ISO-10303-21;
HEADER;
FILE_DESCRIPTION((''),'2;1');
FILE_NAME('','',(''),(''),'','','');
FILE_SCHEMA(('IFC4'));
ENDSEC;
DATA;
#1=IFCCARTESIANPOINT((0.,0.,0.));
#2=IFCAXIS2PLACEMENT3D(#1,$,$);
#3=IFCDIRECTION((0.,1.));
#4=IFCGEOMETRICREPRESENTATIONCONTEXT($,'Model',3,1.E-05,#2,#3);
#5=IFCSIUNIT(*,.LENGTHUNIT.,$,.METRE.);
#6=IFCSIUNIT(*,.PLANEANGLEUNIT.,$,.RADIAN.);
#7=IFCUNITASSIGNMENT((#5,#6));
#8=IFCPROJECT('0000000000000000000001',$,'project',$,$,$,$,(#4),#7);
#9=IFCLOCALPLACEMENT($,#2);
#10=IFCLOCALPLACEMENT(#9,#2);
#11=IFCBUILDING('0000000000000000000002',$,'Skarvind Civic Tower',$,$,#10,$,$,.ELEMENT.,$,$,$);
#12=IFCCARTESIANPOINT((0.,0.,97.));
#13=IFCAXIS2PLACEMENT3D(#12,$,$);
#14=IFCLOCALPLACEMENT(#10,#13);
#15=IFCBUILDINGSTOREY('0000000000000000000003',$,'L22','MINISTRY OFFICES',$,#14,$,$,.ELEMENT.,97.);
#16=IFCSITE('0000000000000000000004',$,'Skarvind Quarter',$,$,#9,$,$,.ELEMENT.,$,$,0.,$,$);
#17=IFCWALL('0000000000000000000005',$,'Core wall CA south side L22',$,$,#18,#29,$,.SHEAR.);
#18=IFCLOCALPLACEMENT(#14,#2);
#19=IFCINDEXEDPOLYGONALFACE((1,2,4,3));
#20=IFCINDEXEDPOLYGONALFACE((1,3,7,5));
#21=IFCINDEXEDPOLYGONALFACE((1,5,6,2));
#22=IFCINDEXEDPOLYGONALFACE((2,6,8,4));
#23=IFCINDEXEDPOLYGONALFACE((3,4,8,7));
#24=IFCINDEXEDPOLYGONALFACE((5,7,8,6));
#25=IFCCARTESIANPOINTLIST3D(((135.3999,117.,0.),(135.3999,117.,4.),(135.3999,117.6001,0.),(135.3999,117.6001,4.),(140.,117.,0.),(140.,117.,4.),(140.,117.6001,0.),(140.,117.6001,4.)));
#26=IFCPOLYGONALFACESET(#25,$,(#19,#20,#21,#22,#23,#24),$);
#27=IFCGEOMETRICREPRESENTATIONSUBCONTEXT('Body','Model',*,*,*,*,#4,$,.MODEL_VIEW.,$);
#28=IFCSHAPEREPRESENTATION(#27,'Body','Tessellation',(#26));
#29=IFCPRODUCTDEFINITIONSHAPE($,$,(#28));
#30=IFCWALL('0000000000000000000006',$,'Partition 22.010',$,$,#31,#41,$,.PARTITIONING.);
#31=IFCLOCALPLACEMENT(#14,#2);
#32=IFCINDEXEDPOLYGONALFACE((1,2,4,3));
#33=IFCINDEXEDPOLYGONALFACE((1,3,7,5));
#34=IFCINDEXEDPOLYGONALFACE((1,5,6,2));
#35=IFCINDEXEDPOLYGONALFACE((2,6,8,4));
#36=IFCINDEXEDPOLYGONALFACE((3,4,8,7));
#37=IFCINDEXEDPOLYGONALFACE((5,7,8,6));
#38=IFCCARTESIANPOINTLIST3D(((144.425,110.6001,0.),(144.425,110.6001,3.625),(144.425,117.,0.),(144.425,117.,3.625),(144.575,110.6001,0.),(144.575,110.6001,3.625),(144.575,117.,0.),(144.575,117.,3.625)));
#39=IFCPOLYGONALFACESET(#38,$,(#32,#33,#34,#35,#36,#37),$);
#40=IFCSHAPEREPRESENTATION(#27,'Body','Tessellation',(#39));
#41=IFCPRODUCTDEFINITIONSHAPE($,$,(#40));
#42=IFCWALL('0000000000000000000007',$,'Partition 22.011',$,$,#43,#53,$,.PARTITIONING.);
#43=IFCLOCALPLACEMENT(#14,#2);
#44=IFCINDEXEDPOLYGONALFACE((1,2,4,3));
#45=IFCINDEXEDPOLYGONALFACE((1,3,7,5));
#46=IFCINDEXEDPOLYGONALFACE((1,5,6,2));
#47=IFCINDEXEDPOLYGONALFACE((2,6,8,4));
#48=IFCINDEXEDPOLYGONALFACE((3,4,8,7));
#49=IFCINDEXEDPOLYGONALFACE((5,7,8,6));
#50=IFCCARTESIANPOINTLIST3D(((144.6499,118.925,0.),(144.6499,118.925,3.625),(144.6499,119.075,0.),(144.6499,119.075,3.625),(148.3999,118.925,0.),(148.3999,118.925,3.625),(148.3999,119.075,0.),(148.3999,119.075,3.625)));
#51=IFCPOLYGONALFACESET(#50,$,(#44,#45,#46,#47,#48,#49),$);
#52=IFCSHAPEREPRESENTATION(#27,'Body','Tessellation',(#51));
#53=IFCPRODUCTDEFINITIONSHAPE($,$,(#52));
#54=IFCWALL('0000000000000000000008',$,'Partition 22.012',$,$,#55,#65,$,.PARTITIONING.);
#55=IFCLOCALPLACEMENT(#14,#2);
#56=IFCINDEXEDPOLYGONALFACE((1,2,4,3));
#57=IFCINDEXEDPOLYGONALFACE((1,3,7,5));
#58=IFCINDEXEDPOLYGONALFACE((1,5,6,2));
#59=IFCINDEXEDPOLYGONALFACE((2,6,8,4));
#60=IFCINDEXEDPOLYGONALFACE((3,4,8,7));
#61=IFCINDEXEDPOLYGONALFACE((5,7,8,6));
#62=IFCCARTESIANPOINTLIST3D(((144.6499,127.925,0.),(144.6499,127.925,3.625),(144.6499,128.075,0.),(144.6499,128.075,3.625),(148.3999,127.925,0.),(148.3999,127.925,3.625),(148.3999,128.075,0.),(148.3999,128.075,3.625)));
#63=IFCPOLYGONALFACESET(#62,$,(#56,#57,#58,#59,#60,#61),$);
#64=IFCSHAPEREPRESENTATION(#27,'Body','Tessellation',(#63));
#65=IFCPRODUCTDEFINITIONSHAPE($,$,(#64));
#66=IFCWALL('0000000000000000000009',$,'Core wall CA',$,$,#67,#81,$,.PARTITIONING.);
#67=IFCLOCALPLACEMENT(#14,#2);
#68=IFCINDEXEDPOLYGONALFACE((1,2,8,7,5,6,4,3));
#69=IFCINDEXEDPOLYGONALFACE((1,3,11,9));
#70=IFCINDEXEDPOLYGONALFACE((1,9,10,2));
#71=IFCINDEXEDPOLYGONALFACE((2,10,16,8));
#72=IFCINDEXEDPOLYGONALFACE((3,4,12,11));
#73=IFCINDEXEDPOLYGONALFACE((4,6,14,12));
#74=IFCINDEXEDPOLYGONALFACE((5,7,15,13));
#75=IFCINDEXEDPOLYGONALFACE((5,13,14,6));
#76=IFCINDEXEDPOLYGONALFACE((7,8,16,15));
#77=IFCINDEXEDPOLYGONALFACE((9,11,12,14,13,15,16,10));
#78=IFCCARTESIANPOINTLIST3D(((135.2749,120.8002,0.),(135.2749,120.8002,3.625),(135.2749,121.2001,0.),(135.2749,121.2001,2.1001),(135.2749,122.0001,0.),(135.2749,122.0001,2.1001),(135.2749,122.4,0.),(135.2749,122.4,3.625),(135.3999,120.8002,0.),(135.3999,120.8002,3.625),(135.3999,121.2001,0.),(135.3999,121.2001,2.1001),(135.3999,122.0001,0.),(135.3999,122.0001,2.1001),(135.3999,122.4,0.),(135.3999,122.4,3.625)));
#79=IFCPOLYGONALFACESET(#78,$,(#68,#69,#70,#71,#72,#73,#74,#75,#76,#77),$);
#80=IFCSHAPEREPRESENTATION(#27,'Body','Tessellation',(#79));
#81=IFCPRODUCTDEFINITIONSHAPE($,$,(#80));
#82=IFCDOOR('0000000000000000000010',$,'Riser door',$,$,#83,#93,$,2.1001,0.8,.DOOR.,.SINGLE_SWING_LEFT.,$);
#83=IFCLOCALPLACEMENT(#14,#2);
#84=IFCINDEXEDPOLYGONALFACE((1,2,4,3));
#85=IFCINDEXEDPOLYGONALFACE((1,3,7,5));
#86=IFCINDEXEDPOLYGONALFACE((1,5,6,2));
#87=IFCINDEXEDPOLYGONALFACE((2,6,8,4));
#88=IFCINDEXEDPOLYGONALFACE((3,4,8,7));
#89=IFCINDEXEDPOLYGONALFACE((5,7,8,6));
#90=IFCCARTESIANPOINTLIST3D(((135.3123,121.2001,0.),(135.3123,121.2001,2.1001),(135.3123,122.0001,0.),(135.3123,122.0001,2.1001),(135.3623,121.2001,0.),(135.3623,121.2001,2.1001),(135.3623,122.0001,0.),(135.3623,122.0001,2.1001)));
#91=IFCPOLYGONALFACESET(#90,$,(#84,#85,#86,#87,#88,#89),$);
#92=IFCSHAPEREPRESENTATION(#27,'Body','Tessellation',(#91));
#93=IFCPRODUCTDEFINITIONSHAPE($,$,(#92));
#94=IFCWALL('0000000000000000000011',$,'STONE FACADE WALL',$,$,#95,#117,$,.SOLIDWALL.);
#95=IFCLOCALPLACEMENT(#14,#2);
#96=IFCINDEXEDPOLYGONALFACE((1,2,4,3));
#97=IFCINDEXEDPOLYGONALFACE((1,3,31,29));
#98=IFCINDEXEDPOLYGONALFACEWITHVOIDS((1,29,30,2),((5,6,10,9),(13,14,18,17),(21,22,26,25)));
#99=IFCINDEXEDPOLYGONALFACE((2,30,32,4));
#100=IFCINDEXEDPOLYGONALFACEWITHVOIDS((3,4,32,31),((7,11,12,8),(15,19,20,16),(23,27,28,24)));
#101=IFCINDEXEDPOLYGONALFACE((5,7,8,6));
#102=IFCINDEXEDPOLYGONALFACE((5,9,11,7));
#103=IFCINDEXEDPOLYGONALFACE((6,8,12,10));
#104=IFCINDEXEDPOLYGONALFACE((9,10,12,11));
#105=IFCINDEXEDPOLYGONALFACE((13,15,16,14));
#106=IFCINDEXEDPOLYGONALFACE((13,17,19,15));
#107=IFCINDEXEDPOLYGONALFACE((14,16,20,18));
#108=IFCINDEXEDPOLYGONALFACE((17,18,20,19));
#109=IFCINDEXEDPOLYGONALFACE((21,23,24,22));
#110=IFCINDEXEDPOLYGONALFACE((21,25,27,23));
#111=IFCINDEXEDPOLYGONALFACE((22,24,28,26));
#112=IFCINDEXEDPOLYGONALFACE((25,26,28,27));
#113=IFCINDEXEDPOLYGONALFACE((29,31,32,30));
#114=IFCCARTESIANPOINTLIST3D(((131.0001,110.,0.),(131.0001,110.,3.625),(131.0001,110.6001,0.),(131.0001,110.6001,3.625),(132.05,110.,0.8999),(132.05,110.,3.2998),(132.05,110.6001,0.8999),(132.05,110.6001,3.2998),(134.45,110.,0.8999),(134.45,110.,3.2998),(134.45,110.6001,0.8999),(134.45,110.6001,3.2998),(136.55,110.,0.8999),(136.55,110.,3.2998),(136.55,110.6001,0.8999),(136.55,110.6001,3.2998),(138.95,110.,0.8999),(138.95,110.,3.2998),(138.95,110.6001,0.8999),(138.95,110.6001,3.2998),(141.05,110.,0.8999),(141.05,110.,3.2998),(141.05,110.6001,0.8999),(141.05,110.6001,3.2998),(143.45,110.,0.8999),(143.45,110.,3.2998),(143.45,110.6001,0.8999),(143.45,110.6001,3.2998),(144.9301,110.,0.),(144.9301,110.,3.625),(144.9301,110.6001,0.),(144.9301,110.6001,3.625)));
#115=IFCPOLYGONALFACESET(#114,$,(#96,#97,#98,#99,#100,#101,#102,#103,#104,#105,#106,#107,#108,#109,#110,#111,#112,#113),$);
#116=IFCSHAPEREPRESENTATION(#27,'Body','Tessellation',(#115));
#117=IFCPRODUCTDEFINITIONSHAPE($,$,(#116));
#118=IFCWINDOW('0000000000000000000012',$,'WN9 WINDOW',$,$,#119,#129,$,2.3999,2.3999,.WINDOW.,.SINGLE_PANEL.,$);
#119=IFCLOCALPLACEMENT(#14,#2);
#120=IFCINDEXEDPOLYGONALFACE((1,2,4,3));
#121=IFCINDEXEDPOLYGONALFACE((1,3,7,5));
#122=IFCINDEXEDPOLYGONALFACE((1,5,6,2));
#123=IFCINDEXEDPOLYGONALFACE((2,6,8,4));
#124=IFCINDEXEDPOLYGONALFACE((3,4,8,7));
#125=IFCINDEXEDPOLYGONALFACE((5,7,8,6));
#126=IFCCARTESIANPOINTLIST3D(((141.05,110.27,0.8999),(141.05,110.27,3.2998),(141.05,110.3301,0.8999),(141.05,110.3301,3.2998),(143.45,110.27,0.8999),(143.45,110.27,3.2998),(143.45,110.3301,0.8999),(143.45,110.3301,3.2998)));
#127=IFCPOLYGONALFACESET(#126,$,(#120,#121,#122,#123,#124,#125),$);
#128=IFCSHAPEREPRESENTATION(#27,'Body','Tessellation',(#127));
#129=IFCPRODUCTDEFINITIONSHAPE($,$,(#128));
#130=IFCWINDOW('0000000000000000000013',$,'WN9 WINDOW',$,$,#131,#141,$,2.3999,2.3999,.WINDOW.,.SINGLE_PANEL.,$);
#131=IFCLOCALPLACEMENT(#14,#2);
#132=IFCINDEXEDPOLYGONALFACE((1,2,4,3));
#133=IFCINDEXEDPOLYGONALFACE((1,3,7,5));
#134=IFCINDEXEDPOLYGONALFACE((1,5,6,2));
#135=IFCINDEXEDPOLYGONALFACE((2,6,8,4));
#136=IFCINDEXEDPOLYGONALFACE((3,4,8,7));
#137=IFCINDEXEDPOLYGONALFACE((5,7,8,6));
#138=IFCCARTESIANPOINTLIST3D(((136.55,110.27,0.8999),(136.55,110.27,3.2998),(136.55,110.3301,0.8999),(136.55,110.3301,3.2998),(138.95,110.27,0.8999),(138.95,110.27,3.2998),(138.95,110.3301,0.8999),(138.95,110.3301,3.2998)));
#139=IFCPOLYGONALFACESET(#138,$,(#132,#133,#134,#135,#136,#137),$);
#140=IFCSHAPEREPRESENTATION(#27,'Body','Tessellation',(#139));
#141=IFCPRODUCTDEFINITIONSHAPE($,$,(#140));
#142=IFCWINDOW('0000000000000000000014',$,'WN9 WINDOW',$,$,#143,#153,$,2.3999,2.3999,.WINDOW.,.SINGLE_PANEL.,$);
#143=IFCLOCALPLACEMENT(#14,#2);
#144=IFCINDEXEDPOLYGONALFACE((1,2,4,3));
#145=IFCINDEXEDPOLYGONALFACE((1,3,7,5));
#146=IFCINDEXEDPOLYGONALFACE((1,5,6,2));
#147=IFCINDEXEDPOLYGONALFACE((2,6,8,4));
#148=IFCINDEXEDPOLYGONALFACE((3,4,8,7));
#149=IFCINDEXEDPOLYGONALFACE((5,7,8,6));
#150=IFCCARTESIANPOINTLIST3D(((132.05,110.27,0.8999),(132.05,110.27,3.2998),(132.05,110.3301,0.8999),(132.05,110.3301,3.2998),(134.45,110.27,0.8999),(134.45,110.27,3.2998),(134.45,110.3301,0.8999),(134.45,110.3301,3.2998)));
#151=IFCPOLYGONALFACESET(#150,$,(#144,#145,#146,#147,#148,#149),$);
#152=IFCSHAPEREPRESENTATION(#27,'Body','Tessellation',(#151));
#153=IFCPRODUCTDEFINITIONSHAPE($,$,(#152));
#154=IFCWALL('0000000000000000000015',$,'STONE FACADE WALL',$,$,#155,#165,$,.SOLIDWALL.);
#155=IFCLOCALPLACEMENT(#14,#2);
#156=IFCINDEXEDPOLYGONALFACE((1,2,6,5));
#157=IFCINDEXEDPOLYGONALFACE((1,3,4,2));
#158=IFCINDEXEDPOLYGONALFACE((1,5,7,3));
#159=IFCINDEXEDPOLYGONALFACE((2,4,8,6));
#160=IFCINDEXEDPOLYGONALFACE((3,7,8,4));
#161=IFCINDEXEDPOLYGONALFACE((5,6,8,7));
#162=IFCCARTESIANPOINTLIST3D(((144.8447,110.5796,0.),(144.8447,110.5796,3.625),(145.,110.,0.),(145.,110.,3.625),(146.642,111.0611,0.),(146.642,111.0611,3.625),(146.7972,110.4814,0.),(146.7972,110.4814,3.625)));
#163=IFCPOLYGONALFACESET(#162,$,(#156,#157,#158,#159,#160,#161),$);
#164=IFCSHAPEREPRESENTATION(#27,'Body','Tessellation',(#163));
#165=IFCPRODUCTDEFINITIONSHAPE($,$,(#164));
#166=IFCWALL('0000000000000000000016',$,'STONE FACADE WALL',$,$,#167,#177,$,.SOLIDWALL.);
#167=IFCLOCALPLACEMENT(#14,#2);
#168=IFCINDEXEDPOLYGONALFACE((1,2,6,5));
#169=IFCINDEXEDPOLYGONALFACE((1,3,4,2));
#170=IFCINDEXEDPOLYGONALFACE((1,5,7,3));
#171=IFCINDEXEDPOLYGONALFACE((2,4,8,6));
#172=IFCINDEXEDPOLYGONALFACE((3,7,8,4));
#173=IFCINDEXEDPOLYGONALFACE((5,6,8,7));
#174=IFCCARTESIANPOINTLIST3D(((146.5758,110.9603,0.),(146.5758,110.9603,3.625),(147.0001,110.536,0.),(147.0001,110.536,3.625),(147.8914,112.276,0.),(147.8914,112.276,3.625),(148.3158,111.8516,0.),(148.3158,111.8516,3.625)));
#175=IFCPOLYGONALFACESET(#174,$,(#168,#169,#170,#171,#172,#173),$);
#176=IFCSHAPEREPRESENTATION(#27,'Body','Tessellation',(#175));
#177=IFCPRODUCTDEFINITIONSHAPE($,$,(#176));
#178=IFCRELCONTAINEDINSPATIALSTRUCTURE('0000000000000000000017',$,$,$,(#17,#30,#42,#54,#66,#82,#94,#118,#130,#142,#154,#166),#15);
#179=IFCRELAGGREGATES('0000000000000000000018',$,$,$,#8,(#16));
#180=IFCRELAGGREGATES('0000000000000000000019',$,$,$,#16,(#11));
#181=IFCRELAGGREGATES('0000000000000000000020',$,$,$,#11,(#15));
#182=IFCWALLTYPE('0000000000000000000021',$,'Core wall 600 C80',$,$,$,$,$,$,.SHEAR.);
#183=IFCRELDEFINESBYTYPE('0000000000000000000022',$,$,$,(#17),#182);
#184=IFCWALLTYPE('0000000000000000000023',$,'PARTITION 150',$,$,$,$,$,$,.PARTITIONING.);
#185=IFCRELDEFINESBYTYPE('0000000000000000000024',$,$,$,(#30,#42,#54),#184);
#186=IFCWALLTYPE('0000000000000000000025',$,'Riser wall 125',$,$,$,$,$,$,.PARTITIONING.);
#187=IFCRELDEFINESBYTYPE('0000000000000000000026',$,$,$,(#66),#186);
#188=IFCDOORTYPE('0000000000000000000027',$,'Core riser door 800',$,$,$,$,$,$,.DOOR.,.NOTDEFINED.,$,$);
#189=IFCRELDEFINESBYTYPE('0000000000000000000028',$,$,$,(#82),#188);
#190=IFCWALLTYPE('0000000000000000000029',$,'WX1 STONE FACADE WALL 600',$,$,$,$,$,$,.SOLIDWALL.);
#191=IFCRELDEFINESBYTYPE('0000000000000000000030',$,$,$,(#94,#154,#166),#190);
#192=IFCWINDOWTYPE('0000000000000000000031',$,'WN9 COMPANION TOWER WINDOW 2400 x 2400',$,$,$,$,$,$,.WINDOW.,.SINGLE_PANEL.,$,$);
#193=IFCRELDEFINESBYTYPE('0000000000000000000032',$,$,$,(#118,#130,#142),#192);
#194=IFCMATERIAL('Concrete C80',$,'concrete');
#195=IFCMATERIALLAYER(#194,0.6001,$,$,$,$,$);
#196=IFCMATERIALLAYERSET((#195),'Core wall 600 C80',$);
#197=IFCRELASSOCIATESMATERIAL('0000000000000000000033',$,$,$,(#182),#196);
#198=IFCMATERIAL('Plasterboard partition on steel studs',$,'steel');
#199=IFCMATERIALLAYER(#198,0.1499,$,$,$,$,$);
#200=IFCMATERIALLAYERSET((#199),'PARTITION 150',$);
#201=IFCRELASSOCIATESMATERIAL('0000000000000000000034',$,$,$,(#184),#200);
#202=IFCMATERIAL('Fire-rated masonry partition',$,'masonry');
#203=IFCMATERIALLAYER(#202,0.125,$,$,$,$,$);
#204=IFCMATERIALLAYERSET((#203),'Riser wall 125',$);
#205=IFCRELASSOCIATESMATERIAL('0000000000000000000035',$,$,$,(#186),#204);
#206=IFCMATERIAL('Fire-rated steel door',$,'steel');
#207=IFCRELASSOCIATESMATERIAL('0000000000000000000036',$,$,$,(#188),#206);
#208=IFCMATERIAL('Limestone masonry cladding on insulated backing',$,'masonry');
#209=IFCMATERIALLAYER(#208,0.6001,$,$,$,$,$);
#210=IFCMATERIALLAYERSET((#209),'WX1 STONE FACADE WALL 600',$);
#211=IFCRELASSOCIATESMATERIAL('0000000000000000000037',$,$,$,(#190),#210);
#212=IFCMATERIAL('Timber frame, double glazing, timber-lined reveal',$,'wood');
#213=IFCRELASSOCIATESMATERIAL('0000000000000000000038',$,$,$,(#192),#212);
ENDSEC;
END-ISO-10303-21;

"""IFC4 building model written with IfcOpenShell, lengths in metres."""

from ifc_helpers import new_model, si_unit, direction, frame, frame_2d, origin, place, context, subcontext, project, spatial, rectangle, extrude, material, layer, layer_set, type_object, element, fill, save


model = new_model("IFC4")

# Units and contexts
model_context = context("Model", 3, precision=1e-05, world=origin(), true_north=direction((0.0, 1.0)))
body_context = subcontext(model_context, "Body", "Model", "MODEL_VIEW")
ifc_project = project(units=[si_unit("LENGTHUNIT", "METRE"), si_unit("PLANEANGLEUNIT", "RADIAN")], contexts=[model_context])

# Site, building, storey
site_placement = place(None, origin())
site = spatial("IfcSite", under=ifc_project, at=site_placement, Name="Skarvind Quarter", CompositionType="ELEMENT", RefElevation=0.0)
building_placement = place(site_placement, origin())
building = spatial("IfcBuilding", under=site, at=building_placement, Name="Skarvind Civic Tower", CompositionType="ELEMENT")
storey_placement = place(building_placement, frame((0.0, 0.0, 97.0)))
storey = spatial("IfcBuildingStorey", under=building, at=storey_placement, Name="L22", Description="MINISTRY OFFICES", CompositionType="ELEMENT", Elevation=97.0)

# Shared definitions
ifc_material_1 = material(Name="Fire-rated masonry partition", Category="masonry")
ifc_material_2 = material(Name="Fire-rated steel door", Category="steel")

# Walls
ifc_material_3 = material(Name="Concrete C80", Category="concrete")
ifc_layer_1 = layer(ifc_material_3, 0.6001)
ifc_layer_set_1 = layer_set([ifc_layer_1], Name="Core wall 600 C80")
wall_type_1 = type_object("IfcWallType", Name="Core wall 600 C80", PredefinedType="SHEAR", material=ifc_layer_set_1)
wall_1_placement = place(storey_placement, frame((135.3999, 117.3, 0.0), z_axis=(0.0, 0.0, 1.0), x_axis=(1.0, 0.0, 0.0)))
element("IfcWall", 1, at=wall_1_placement, inside=storey, type_object=wall_type_1, Name="Core wall CA south side L22", PredefinedType="SHEAR", context=body_context, shape_type="SweptSolid", body=[
    extrude(rectangle(XDim=4.6001, YDim=0.6001, at=frame_2d((2.3, 0.0))), origin(), (0.0, 0.0, 1.0), 4.0),
])
ifc_material_4 = material(Name="Plasterboard partition on steel studs", Category="steel")
ifc_layer_2 = layer(ifc_material_4, 0.1499)
ifc_layer_set_2 = layer_set([ifc_layer_2], Name="PARTITION 150")
wall_type_2 = type_object("IfcWallType", Name="PARTITION 150", PredefinedType="PARTITIONING", material=ifc_layer_set_2)
wall_2_placement = place(storey_placement, frame((144.5, 117.0, 0.0), z_axis=(0.0, 0.0, 1.0), x_axis=(0.0, -1.0, 0.0)))
element("IfcWall", 2, at=wall_2_placement, inside=storey, type_object=wall_type_2, Name="Partition 22.010", PredefinedType="PARTITIONING", context=body_context, shape_type="SweptSolid", body=[
    extrude(rectangle(XDim=6.3999, YDim=0.1499, at=frame_2d((3.2, 0.0))), origin(), (0.0, 0.0, 1.0), 3.625),
])
for number, where, z_axis, x_axis, name in (
    (3, (144.6499, 119.0, 0.0), (0.0, 0.0, 1.0), (1.0, 0.0, 0.0), "Partition 22.011"),
    (4, (144.6499, 128.0, 0.0), (0.0, 0.0, 1.0), (1.0, 0.0, 0.0), "Partition 22.012"),
):
    element("IfcWall", number, at=place(storey_placement, frame(where, z_axis=z_axis, x_axis=x_axis)), inside=storey, type_object=wall_type_2, Name=name, PredefinedType="PARTITIONING", context=body_context, shape_type="SweptSolid", body=[
        extrude(rectangle(XDim=3.75, YDim=0.1499, at=frame_2d((1.875, 0.0))), origin(), (0.0, 0.0, 1.0), 3.625),
    ])

# Wall, opening, door
ifc_layer_3 = layer(ifc_material_1, 0.125)
ifc_layer_set_3 = layer_set([ifc_layer_3], Name="Riser wall 125")
wall_type_3 = type_object("IfcWallType", Name="Riser wall 125", PredefinedType="PARTITIONING", material=ifc_layer_set_3)
wall_3_placement = place(storey_placement, frame((135.3374, 122.3999, 0.0), z_axis=(0.0, 0.0, 1.0), x_axis=(0.0, -1.0, 0.0)))
wall_3 = element("IfcWall", 5, at=wall_3_placement, inside=storey, type_object=wall_type_3, Name="Core wall CA", PredefinedType="PARTITIONING", context=body_context, shape_type="SweptSolid", body=[
    extrude(rectangle(XDim=1.5999, YDim=0.125, at=frame_2d((0.7998, 0.0))), origin(), (0.0, 0.0, 1.0), 3.625),
])
opening_1_placement = place(wall_3_placement, frame((0.3999, 0.0, 0.0)))
opening_1 = element("IfcOpeningElement", 6, at=opening_1_placement, cuts=wall_3, PredefinedType="OPENING", context=body_context, shape_type="SweptSolid", body=[
    extrude(rectangle(XDim=0.8, YDim=2.1001, at=frame_2d((0.3999, 1.05))), frame((0.0, 0.0725, 0.0), z_axis=(0.0, -1.0, 0.0), x_axis=(1.0, 0.0, 0.0)), (0.0, 0.0, 1.0), 0.145),
])
door_type_1 = type_object("IfcDoorType", Name="Core riser door 800", OperationType="NOTDEFINED", PredefinedType="DOOR", material=ifc_material_2)
door_1_placement = place(opening_1_placement, origin())
door_1 = element("IfcDoor", 7, at=door_1_placement, inside=storey, type_object=door_type_1, Name="Riser door", OperationType="SINGLE_SWING_LEFT", OverallHeight=2.1001, OverallWidth=0.8, PredefinedType="DOOR", context=body_context, shape_type="SweptSolid", body=[
    extrude(rectangle(XDim=0.8, YDim=2.1001, at=frame_2d((0.3999, 1.05))), frame((0.0, 0.0249, 0.0), z_axis=(0.0, -1.0, 0.0), x_axis=(1.0, 0.0, 0.0)), (0.0, 0.0, 1.0), 0.05),
])
fill(opening_1, door_1)

# Wall, openings, windows
ifc_material_5 = material(Name="Limestone masonry cladding on insulated backing", Category="masonry")
ifc_layer_4 = layer(ifc_material_5, 0.6001)
ifc_layer_set_4 = layer_set([ifc_layer_4], Name="WX1 STONE FACADE WALL 600")
wall_type_4 = type_object("IfcWallType", Name="WX1 STONE FACADE WALL 600", PredefinedType="SOLIDWALL", material=ifc_layer_set_4)
wall_4_placement = place(storey_placement, frame((144.9299, 110.3, 0.0), z_axis=(0.0, 0.0, 1.0), x_axis=(-1.0, 0.0, 0.0)))
wall_4 = element("IfcWall", 8, at=wall_4_placement, inside=storey, type_object=wall_type_4, Name="STONE FACADE WALL", PredefinedType="SOLIDWALL", context=body_context, shape_type="SweptSolid", body=[
    extrude(rectangle(XDim=13.9299, YDim=0.6001, at=frame_2d((6.9648, 0.0))), origin(), (0.0, 0.0, 1.0), 3.625),
])
opening_2_placement = place(wall_4_placement, frame((1.48, 0.0, 0.8999)))
opening_2 = element("IfcOpeningElement", 9, at=opening_2_placement, cuts=wall_4, PredefinedType="OPENING", context=body_context, shape_type="SweptSolid", body=[
    extrude(rectangle(XDim=2.3999, YDim=2.3999, at=frame_2d((1.2, 1.2))), frame((0.0, 0.3101, 0.0), z_axis=(0.0, -1.0, 0.0), x_axis=(1.0, 0.0, 0.0)), (0.0, 0.0, 1.0), 0.6201),
])
opening_3_placement = place(wall_4_placement, frame((5.98, 0.0, 0.8999)))
opening_3 = element("IfcOpeningElement", 10, at=opening_3_placement, cuts=wall_4, PredefinedType="OPENING", context=body_context, shape_type="SweptSolid", body=[
    extrude(rectangle(XDim=2.3999, YDim=2.3999, at=frame_2d((1.2, 1.2))), frame((0.0, 0.3101, 0.0), z_axis=(0.0, -1.0, 0.0), x_axis=(1.0, 0.0, 0.0)), (0.0, 0.0, 1.0), 0.6201),
])
opening_4_placement = place(wall_4_placement, frame((10.48, 0.0, 0.8999)))
opening_4 = element("IfcOpeningElement", 11, at=opening_4_placement, cuts=wall_4, PredefinedType="OPENING", context=body_context, shape_type="SweptSolid", body=[
    extrude(rectangle(XDim=2.3999, YDim=2.3999, at=frame_2d((1.2, 1.2))), frame((0.0, 0.3101, 0.0), z_axis=(0.0, -1.0, 0.0), x_axis=(1.0, 0.0, 0.0)), (0.0, 0.0, 1.0), 0.6201),
])
ifc_material_6 = material(Name="Timber frame, double glazing, timber-lined reveal", Category="wood")
window_type = type_object("IfcWindowType", Name="WN9 COMPANION TOWER WINDOW 2400 x 2400", PartitioningType="SINGLE_PANEL", PredefinedType="WINDOW", material=ifc_material_6)
window_1_placement = place(opening_2_placement, origin())
window_1 = element("IfcWindow", 12, at=window_1_placement, inside=storey, type_object=window_type, Name="WN9 WINDOW", OverallHeight=2.3999, OverallWidth=2.3999, PartitioningType="SINGLE_PANEL", PredefinedType="WINDOW", context=body_context, shape_type="SweptSolid", body=[
    extrude(rectangle(XDim=2.3999, YDim=2.3999, at=frame_2d((1.2, 1.2))), frame((0.0, 0.03, 0.0), z_axis=(0.0, -1.0, 0.0), x_axis=(1.0, 0.0, 0.0)), (0.0, 0.0, 1.0), 0.0601),
])
fill(opening_2, window_1)
window_2_placement = place(opening_3_placement, origin())
window_2 = element("IfcWindow", 13, at=window_2_placement, inside=storey, type_object=window_type, Name="WN9 WINDOW", OverallHeight=2.3999, OverallWidth=2.3999, PartitioningType="SINGLE_PANEL", PredefinedType="WINDOW", context=body_context, shape_type="SweptSolid", body=[
    extrude(rectangle(XDim=2.3999, YDim=2.3999, at=frame_2d((1.2, 1.2))), frame((0.0, 0.03, 0.0), z_axis=(0.0, -1.0, 0.0), x_axis=(1.0, 0.0, 0.0)), (0.0, 0.0, 1.0), 0.0601),
])
fill(opening_3, window_2)
window_3_placement = place(opening_4_placement, origin())
window_3 = element("IfcWindow", 14, at=window_3_placement, inside=storey, type_object=window_type, Name="WN9 WINDOW", OverallHeight=2.3999, OverallWidth=2.3999, PartitioningType="SINGLE_PANEL", PredefinedType="WINDOW", context=body_context, shape_type="SweptSolid", body=[
    extrude(rectangle(XDim=2.3999, YDim=2.3999, at=frame_2d((1.2, 1.2))), frame((0.0, 0.03, 0.0), z_axis=(0.0, -1.0, 0.0), x_axis=(1.0, 0.0, 0.0)), (0.0, 0.0, 1.0), 0.0601),
])
fill(opening_4, window_3)

# Walls
for number, where, z_axis, x_axis, name in (
    (15, (146.7195, 110.7712, 0.0), (0.0, 0.0, 1.0), (-0.965938, -0.258773, 0.0), "STONE FACADE WALL"),
    (16, (148.1035, 112.0637, 0.0), (0.0, 0.0, 1.0), (-0.707107, -0.707107, 0.0), "STONE FACADE WALL"),
):
    element("IfcWall", number, at=place(storey_placement, frame(where, z_axis=z_axis, x_axis=x_axis)), inside=storey, type_object=wall_type_4, Name=name, PredefinedType="SOLIDWALL", context=body_context, shape_type="SweptSolid", body=[
        extrude(rectangle(XDim=1.8606, YDim=0.6001, at=frame_2d((0.9302, 0.0))), origin(), (0.0, 0.0, 1.0), 3.625),
    ])

save(model, "model.ifc")
